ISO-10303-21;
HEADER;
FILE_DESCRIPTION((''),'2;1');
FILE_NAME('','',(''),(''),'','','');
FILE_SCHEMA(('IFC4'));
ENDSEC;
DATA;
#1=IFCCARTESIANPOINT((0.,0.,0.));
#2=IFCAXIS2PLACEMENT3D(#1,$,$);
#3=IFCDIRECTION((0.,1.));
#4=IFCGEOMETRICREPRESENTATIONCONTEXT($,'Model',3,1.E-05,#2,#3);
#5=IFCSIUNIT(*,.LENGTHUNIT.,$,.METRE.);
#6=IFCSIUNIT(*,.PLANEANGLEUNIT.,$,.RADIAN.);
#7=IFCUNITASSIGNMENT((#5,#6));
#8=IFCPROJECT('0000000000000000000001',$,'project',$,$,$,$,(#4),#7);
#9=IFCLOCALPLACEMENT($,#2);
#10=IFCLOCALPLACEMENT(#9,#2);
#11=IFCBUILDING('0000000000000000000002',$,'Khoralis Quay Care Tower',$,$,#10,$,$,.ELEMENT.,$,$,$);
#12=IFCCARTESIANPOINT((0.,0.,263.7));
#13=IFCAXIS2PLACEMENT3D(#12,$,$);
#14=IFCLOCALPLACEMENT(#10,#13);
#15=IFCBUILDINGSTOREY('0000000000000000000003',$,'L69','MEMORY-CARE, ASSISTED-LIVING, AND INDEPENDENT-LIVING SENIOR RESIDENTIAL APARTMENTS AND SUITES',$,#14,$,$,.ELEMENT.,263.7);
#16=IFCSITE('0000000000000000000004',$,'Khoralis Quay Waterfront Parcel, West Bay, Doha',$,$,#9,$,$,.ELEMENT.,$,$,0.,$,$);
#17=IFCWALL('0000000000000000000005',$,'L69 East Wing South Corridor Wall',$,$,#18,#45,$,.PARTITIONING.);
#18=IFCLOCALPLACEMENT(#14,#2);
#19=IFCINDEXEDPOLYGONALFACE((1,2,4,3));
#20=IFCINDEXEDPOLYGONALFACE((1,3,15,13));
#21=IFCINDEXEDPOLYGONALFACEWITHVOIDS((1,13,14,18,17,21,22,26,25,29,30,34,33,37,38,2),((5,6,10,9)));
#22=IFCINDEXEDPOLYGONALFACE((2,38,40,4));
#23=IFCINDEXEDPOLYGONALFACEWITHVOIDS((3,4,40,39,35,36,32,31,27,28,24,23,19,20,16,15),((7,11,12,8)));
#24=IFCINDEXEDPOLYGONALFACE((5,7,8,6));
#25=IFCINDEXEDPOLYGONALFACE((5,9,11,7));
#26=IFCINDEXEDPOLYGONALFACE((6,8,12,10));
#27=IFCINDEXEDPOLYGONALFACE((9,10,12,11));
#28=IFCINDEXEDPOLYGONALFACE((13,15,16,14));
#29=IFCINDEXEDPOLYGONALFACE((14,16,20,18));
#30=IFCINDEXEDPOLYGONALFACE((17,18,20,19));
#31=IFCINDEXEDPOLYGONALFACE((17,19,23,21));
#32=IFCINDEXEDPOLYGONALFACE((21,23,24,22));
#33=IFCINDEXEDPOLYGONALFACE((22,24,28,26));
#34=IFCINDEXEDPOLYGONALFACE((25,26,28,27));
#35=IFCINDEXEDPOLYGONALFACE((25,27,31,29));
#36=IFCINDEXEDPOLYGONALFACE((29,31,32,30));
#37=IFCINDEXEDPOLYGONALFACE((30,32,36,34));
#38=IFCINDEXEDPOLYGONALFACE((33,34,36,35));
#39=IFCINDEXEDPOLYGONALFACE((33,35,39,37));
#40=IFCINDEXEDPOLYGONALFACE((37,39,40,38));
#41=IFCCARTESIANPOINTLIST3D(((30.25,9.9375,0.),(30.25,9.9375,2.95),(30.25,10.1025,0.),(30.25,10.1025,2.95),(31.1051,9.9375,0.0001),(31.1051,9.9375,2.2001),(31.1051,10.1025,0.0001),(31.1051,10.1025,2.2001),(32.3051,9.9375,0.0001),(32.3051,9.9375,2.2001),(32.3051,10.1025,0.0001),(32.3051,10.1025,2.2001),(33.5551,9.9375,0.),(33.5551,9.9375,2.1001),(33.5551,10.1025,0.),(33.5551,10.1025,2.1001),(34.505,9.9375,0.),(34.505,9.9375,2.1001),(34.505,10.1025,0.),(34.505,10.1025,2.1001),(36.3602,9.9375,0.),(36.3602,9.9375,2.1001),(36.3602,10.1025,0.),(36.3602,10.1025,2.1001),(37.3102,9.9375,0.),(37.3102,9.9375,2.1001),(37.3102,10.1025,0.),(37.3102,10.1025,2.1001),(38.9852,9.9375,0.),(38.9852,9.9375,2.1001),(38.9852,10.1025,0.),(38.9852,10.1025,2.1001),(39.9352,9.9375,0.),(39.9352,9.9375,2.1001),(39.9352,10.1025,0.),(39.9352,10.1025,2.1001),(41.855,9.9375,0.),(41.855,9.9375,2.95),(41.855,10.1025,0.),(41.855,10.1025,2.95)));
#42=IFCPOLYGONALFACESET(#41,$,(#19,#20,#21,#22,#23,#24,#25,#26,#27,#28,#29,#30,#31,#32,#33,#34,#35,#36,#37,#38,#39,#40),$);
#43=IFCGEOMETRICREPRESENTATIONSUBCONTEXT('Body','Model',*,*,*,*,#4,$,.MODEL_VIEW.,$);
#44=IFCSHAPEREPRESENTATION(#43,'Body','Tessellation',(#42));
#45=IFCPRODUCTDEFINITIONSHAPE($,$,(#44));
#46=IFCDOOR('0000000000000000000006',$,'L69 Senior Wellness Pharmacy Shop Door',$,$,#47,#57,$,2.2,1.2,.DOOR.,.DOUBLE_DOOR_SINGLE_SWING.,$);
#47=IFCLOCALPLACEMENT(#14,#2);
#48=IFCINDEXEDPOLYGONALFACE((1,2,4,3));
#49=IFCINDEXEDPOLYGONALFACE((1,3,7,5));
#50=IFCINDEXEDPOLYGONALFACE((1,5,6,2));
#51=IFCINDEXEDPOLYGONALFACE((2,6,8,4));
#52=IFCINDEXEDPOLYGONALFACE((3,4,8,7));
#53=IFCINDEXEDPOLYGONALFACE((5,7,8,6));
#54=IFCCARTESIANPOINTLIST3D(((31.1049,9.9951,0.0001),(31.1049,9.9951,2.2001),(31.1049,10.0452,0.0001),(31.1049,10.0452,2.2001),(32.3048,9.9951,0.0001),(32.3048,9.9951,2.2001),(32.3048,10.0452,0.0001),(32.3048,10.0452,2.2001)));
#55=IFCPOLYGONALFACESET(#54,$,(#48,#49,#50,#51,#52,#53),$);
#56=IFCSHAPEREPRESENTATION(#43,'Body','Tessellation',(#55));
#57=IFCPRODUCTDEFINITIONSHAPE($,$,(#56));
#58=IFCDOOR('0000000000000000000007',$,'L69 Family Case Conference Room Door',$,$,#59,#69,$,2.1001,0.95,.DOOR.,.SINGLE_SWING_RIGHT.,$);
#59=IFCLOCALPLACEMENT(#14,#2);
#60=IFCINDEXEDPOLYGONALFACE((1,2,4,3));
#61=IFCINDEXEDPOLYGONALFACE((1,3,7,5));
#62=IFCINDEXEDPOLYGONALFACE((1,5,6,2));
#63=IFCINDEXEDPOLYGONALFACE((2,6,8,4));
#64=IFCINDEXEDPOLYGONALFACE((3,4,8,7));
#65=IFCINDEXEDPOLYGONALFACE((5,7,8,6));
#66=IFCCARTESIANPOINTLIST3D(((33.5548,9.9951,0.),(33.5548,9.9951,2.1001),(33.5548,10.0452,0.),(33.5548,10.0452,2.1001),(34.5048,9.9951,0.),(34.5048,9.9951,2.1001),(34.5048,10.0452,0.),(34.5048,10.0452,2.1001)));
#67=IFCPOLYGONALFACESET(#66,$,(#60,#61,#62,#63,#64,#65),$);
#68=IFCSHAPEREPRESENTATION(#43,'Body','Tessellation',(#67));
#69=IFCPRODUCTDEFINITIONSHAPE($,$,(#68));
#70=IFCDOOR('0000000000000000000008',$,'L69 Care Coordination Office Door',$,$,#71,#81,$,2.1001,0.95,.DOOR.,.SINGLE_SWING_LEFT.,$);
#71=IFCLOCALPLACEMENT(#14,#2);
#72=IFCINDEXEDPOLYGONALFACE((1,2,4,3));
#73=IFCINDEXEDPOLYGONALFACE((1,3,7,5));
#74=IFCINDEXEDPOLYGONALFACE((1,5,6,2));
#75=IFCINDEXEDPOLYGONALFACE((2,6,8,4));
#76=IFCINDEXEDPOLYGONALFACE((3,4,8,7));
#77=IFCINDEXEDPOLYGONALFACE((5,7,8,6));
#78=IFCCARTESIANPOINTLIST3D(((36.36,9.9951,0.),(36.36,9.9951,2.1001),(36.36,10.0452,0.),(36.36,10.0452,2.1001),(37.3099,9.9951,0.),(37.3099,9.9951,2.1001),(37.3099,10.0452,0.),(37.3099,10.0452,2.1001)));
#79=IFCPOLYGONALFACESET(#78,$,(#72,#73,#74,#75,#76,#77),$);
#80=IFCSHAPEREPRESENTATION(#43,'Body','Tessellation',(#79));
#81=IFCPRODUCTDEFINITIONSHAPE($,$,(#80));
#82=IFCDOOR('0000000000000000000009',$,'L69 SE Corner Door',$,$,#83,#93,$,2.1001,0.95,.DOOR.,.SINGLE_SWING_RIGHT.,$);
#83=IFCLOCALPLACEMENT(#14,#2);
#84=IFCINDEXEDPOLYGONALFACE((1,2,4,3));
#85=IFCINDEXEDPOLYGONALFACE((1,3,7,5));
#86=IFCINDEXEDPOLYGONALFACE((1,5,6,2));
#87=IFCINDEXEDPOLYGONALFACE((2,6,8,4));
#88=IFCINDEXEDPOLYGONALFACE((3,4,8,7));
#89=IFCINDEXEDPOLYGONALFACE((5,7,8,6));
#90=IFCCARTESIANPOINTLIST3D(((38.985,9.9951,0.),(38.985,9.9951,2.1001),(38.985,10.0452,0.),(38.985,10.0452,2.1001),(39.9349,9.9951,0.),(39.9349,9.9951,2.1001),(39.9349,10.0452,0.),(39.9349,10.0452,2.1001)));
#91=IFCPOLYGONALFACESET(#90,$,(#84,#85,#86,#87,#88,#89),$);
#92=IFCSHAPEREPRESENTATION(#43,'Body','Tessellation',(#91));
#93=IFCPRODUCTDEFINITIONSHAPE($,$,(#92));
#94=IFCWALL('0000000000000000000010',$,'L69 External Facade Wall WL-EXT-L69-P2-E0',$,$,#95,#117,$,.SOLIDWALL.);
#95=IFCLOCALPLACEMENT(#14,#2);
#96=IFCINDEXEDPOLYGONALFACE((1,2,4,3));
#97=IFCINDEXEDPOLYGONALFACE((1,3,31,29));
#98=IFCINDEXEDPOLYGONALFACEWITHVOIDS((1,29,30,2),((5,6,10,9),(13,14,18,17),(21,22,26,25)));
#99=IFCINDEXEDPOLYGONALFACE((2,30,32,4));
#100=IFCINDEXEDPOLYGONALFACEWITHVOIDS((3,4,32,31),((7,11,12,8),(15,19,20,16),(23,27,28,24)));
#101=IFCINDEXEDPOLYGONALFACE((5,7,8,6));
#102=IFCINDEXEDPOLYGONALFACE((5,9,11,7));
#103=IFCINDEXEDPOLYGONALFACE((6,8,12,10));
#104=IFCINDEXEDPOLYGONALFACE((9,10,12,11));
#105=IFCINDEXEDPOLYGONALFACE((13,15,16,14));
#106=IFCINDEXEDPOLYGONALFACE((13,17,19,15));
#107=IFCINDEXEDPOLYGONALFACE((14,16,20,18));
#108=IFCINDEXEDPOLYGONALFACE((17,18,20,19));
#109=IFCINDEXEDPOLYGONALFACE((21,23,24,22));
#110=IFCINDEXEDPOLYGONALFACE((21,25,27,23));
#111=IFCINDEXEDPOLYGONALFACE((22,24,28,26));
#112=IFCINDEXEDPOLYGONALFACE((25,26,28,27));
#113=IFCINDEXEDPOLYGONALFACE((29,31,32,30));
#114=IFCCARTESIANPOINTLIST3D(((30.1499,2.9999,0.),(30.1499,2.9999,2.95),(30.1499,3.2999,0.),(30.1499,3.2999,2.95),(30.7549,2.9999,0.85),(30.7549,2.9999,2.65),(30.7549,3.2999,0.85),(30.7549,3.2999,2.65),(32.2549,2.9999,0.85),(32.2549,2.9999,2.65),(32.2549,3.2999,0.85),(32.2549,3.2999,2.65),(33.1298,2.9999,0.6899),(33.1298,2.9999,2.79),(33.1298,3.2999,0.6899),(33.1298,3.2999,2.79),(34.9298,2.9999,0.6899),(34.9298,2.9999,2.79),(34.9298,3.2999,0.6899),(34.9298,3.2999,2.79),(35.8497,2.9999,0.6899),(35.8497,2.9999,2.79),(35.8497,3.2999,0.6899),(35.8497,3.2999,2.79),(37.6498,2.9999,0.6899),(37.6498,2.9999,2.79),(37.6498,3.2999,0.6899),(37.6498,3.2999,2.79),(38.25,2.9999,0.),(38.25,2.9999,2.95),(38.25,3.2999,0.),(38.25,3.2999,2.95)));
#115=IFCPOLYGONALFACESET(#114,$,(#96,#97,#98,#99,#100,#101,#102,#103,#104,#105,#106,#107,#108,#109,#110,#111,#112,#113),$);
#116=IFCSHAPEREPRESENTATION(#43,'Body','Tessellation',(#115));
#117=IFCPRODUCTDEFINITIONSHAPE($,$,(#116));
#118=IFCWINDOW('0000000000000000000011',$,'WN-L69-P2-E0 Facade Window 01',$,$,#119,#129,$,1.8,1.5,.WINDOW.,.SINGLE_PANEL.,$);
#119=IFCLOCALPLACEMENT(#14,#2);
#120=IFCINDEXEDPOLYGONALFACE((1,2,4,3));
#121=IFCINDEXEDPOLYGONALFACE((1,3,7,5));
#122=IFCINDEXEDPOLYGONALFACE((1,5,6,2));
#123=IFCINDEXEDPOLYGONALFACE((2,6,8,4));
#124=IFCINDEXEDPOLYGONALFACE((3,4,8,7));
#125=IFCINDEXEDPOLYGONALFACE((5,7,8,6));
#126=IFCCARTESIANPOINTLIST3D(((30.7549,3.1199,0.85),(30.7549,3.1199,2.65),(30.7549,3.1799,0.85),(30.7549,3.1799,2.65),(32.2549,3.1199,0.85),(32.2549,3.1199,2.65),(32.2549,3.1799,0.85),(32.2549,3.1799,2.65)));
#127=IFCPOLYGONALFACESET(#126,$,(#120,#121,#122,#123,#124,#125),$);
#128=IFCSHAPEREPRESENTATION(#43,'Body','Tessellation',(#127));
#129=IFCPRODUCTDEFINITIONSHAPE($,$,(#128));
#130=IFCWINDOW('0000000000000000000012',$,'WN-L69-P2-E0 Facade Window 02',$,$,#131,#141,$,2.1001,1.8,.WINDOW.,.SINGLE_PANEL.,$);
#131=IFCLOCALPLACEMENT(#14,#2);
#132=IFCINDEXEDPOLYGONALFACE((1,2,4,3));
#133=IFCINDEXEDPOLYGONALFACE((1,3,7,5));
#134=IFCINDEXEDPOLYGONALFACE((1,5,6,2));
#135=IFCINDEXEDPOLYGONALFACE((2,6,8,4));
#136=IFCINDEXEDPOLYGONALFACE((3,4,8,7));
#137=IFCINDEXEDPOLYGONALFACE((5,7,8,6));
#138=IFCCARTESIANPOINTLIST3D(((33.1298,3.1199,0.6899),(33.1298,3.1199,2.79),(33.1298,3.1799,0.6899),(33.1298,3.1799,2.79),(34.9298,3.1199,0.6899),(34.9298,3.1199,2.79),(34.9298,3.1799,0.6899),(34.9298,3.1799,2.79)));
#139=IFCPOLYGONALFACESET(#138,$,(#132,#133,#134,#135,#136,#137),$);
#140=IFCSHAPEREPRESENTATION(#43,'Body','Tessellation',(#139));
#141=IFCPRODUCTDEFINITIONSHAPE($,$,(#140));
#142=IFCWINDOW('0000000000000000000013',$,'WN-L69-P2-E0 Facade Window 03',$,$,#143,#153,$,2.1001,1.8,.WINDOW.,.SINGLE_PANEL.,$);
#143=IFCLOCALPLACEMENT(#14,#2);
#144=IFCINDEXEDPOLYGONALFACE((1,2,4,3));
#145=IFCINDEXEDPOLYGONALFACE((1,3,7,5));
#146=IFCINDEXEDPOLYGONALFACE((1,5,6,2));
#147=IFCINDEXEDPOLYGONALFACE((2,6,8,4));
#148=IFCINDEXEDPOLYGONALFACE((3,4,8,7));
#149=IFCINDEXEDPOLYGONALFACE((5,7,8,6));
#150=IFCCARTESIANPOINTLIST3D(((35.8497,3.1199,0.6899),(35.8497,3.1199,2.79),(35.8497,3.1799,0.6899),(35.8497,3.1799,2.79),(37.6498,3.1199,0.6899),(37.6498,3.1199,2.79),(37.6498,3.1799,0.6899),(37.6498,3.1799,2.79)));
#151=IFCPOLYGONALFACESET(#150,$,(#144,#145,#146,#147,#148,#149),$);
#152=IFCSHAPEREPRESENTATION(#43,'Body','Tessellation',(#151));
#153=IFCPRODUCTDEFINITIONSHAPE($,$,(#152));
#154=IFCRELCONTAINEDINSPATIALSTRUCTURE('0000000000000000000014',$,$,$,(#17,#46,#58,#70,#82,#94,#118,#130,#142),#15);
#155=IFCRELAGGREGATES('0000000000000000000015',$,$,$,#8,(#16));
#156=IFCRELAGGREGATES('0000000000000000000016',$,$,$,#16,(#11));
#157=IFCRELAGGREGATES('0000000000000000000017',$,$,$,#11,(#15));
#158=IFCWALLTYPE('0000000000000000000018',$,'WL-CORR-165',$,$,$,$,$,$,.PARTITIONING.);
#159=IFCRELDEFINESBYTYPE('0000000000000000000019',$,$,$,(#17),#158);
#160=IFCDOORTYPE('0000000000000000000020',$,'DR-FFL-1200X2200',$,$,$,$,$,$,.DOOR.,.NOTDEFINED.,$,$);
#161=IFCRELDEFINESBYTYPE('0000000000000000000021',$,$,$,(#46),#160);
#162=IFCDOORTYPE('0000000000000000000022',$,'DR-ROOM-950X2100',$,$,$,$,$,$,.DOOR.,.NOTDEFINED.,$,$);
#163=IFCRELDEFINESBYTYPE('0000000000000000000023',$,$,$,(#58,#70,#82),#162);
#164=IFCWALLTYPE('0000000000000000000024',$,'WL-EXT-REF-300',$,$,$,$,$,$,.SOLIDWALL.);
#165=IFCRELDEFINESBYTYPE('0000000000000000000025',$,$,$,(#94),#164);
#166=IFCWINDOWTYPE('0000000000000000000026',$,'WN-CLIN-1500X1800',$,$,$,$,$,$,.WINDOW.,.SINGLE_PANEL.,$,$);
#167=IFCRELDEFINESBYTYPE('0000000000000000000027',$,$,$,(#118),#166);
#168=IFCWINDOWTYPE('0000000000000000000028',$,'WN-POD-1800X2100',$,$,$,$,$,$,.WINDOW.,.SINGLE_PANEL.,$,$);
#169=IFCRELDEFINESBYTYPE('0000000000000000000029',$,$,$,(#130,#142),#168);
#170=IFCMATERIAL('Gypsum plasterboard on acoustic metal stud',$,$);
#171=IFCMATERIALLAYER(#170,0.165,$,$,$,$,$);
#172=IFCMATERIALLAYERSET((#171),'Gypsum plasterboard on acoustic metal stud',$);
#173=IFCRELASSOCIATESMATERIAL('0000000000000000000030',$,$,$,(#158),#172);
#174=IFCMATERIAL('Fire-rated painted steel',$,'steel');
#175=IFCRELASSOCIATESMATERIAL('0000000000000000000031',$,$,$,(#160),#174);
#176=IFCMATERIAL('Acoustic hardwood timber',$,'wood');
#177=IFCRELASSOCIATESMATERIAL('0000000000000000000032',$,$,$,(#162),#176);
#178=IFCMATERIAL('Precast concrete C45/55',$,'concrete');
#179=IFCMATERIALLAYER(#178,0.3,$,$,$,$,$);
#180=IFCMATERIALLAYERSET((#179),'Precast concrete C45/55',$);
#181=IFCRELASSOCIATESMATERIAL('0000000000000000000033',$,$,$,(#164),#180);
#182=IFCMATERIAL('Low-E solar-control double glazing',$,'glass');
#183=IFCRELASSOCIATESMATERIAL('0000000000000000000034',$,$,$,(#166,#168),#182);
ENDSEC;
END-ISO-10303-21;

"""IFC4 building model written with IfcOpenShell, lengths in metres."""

from ifc_helpers import new_model, si_unit, direction, frame, frame_2d, origin, place, context, subcontext, project, spatial, rectangle, extrude, source, transform, mapped, material, layer, layer_set, type_object, element, fill, save


model = new_model("IFC4")

# Units and contexts
model_context = context("Model", 3, precision=1e-05, world=origin(), true_north=direction((0.0, 1.0)))
body_context = subcontext(model_context, "Body", "Model", "MODEL_VIEW")
ifc_project = project(units=[si_unit("LENGTHUNIT", "METRE"), si_unit("PLANEANGLEUNIT", "RADIAN")], contexts=[model_context])

# Site, building, storey
site_placement = place(None, origin())
site = spatial("IfcSite", under=ifc_project, at=site_placement, Name="Khoralis Quay Waterfront Parcel, West Bay, Doha", CompositionType="ELEMENT", RefElevation=0.0)
building_placement = place(site_placement, origin())
building = spatial("IfcBuilding", under=site, at=building_placement, Name="Khoralis Quay Care Tower", CompositionType="ELEMENT")
storey_placement = place(building_placement, frame((0.0, 0.0, 263.7)))
storey = spatial("IfcBuildingStorey", under=building, at=storey_placement, Name="L69", Description="MEMORY-CARE, ASSISTED-LIVING, AND INDEPENDENT-LIVING SENIOR RESIDENTIAL APARTMENTS AND SUITES", CompositionType="ELEMENT", Elevation=263.7)

# Shared definitions
ifc_material_1 = material(Name="Low-E solar-control double glazing", Category="glass")

# Wall, openings, doors
ifc_material_2 = material(Name="Gypsum plasterboard on acoustic metal stud")
ifc_layer_1 = layer(ifc_material_2, 0.165)
ifc_layer_set_1 = layer_set([ifc_layer_1], Name="Gypsum plasterboard on acoustic metal stud")
wall_type_1 = type_object("IfcWallType", Name="WL-CORR-165", PredefinedType="PARTITIONING", material=ifc_layer_set_1)
wall_1_placement = place(storey_placement, frame((30.25, 10.02, 0.0), z_axis=(0.0, 0.0, 1.0), x_axis=(1.0, 0.0, 0.0)))
wall_1 = element("IfcWall", 1, at=wall_1_placement, inside=storey, type_object=wall_type_1, Name="L69 East Wing South Corridor Wall", PredefinedType="PARTITIONING", context=body_context, shape_type="SweptSolid", body=[
    extrude(rectangle(XDim=11.605, YDim=0.165, at=frame_2d((5.8025, 0.0))), origin(), (0.0, 0.0, 1.0), 2.95),
])
opening_1_placement = place(wall_1_placement, frame((0.855, 0.0, 0.0)))
opening_1 = element("IfcOpeningElement", 2, at=opening_1_placement, cuts=wall_1, PredefinedType="OPENING", context=body_context, shape_type="SweptSolid", body=[
    extrude(rectangle(XDim=1.2, YDim=2.2, at=frame_2d((0.6001, 1.1001))), frame((0.0, 0.0925, 0.0), z_axis=(0.0, -1.0, 0.0), x_axis=(1.0, 0.0, 0.0)), (0.0, 0.0, 1.0), 0.1851),
])
opening_2_placement = place(wall_1_placement, frame((3.3049, 0.0, 0.0)))
opening_2 = element("IfcOpeningElement", 3, at=opening_2_placement, cuts=wall_1, PredefinedType="OPENING", context=body_context, shape_type="SweptSolid", body=[
    extrude(rectangle(XDim=0.95, YDim=2.1001, at=frame_2d((0.4751, 1.05))), frame((0.0, 0.0925, 0.0), z_axis=(0.0, -1.0, 0.0), x_axis=(1.0, 0.0, 0.0)), (0.0, 0.0, 1.0), 0.1851),
])
opening_3_placement = place(wall_1_placement, frame((6.1101, 0.0, 0.0)))
opening_3 = element("IfcOpeningElement", 4, at=opening_3_placement, cuts=wall_1, PredefinedType="OPENING", context=body_context, shape_type="SweptSolid", body=[
    extrude(rectangle(XDim=0.95, YDim=2.1001, at=frame_2d((0.4751, 1.05))), frame((0.0, 0.0925, 0.0), z_axis=(0.0, -1.0, 0.0), x_axis=(1.0, 0.0, 0.0)), (0.0, 0.0, 1.0), 0.1851),
])
opening_4_placement = place(wall_1_placement, frame((8.7351, 0.0, 0.0)))
opening_4 = element("IfcOpeningElement", 5, at=opening_4_placement, cuts=wall_1, PredefinedType="OPENING", context=body_context, shape_type="SweptSolid", body=[
    extrude(rectangle(XDim=0.95, YDim=2.1001, at=frame_2d((0.4751, 1.05))), frame((0.0, 0.0925, 0.0), z_axis=(0.0, -1.0, 0.0), x_axis=(1.0, 0.0, 0.0)), (0.0, 0.0, 1.0), 0.1851),
])
ifc_material_3 = material(Name="Fire-rated painted steel", Category="steel")
door_type_1 = type_object("IfcDoorType", Name="DR-FFL-1200X2200", OperationType="NOTDEFINED", PredefinedType="DOOR", material=ifc_material_3)
shared_shape_1 = source(origin(), body_context, "Body", "SweptSolid", [
    extrude(rectangle(XDim=1.2, YDim=2.2, at=frame_2d((0.6001, 1.1001))), frame((0.0, 0.0249, 0.0), z_axis=(0.0, -1.0, 0.0), x_axis=(1.0, 0.0, 0.0)), (0.0, 0.0, 1.0), 0.05),
])
door_1_placement = place(opening_1_placement, frame((1.2, 0.0, 0.0), z_axis=(0.0, 0.0, 1.0), x_axis=(-1.0, 0.0, 0.0)))
door_1 = element("IfcDoor", 6, at=door_1_placement, inside=storey, type_object=door_type_1, Name="L69 Senior Wellness Pharmacy Shop Door", OperationType="DOUBLE_DOOR_SINGLE_SWING", OverallHeight=2.2, OverallWidth=1.2, PredefinedType="DOOR", context=body_context, shape_type="MappedRepresentation", body=[
    mapped(shared_shape_1, transform((0.0, 0.0, 0.0), scale=1.0)),
])
fill(opening_1, door_1)
ifc_material_4 = material(Name="Acoustic hardwood timber", Category="wood")
door_type_2 = type_object("IfcDoorType", Name="DR-ROOM-950X2100", OperationType="NOTDEFINED", PredefinedType="DOOR", material=ifc_material_4)
shared_shape_2 = source(origin(), body_context, "Body", "SweptSolid", [
    extrude(rectangle(XDim=0.95, YDim=2.1001, at=frame_2d((0.4751, 1.05))), frame((0.0, 0.0249, 0.0), z_axis=(0.0, -1.0, 0.0), x_axis=(1.0, 0.0, 0.0)), (0.0, 0.0, 1.0), 0.05),
])
door_2_placement = place(opening_2_placement, frame((0.95, 0.0, 0.0), z_axis=(0.0, 0.0, 1.0), x_axis=(-1.0, 0.0, 0.0)))
door_2 = element("IfcDoor", 7, at=door_2_placement, inside=storey, type_object=door_type_2, Name="L69 Family Case Conference Room Door", OperationType="SINGLE_SWING_RIGHT", OverallHeight=2.1001, OverallWidth=0.95, PredefinedType="DOOR", context=body_context, shape_type="MappedRepresentation", body=[
    mapped(shared_shape_2, transform((0.0, 0.0, 0.0), scale=1.0)),
])
fill(opening_2, door_2)
door_3_placement = place(opening_3_placement, frame((0.95, 0.0, 0.0), z_axis=(0.0, 0.0, 1.0), x_axis=(-1.0, 0.0, 0.0)))
door_3 = element("IfcDoor", 8, at=door_3_placement, inside=storey, type_object=door_type_2, Name="L69 Care Coordination Office Door", OperationType="SINGLE_SWING_LEFT", OverallHeight=2.1001, OverallWidth=0.95, PredefinedType="DOOR", context=body_context, shape_type="MappedRepresentation", body=[
    mapped(shared_shape_2, transform((0.0, 0.0, 0.0), scale=1.0)),
])
fill(opening_3, door_3)
door_4_placement = place(opening_4_placement, frame((0.95, 0.0, 0.0), z_axis=(0.0, 0.0, 1.0), x_axis=(-1.0, 0.0, 0.0)))
door_4 = element("IfcDoor", 9, at=door_4_placement, inside=storey, type_object=door_type_2, Name="L69 SE Corner Door", OperationType="SINGLE_SWING_RIGHT", OverallHeight=2.1001, OverallWidth=0.95, PredefinedType="DOOR", context=body_context, shape_type="MappedRepresentation", body=[
    mapped(shared_shape_2, transform((0.0, 0.0, 0.0), scale=1.0)),
])
fill(opening_4, door_4)

# Wall, openings, windows
ifc_material_5 = material(Name="Precast concrete C45/55", Category="concrete")
ifc_layer_2 = layer(ifc_material_5, 0.3)
ifc_layer_set_2 = layer_set([ifc_layer_2], Name="Precast concrete C45/55")
wall_type_2 = type_object("IfcWallType", Name="WL-EXT-REF-300", PredefinedType="SOLIDWALL", material=ifc_layer_set_2)
wall_2_placement = place(storey_placement, frame((30.1499, 3.1499, 0.0), z_axis=(0.0, 0.0, 1.0), x_axis=(1.0, 0.0, 0.0)))
wall_2 = element("IfcWall", 10, at=wall_2_placement, inside=storey, type_object=wall_type_2, Name="L69 External Facade Wall WL-EXT-L69-P2-E0", PredefinedType="SOLIDWALL", context=body_context, shape_type="SweptSolid", body=[
    extrude(rectangle(XDim=8.1001, YDim=0.3, at=frame_2d((4.05, 0.0))), origin(), (0.0, 0.0, 1.0), 2.95),
])
opening_5_placement = place(wall_2_placement, frame((0.605, 0.0, 0.8501)))
opening_5 = element("IfcOpeningElement", 11, at=opening_5_placement, cuts=wall_2, PredefinedType="OPENING", context=body_context, shape_type="SweptSolid", body=[
    extrude(rectangle(XDim=1.5, YDim=1.8, at=frame_2d((0.75, 0.8999))), frame((0.0, 0.1602, 0.0), z_axis=(0.0, -1.0, 0.0), x_axis=(1.0, 0.0, 0.0)), (0.0, 0.0, 1.0), 0.3201),
])
opening_6_placement = place(wall_2_placement, frame((2.98, 0.0, 0.6899)))
opening_6 = element("IfcOpeningElement", 12, at=opening_6_placement, cuts=wall_2, PredefinedType="OPENING", context=body_context, shape_type="SweptSolid", body=[
    extrude(rectangle(XDim=1.8, YDim=2.1001, at=frame_2d((0.8999, 1.05))), frame((0.0, 0.1602, 0.0), z_axis=(0.0, -1.0, 0.0), x_axis=(1.0, 0.0, 0.0)), (0.0, 0.0, 1.0), 0.3201),
])
opening_7_placement = place(wall_2_placement, frame((5.7, 0.0, 0.6899)))
opening_7 = element("IfcOpeningElement", 13, at=opening_7_placement, cuts=wall_2, PredefinedType="OPENING", context=body_context, shape_type="SweptSolid", body=[
    extrude(rectangle(XDim=1.8, YDim=2.1001, at=frame_2d((0.8999, 1.05))), frame((0.0, 0.1602, 0.0), z_axis=(0.0, -1.0, 0.0), x_axis=(1.0, 0.0, 0.0)), (0.0, 0.0, 1.0), 0.3201),
])
window_type_1 = type_object("IfcWindowType", Name="WN-CLIN-1500X1800", PartitioningType="SINGLE_PANEL", PredefinedType="WINDOW", material=ifc_material_1)
shared_shape_3 = source(origin(), body_context, "Body", "SweptSolid", [
    extrude(rectangle(XDim=1.5, YDim=1.8, at=frame_2d((0.75, 0.8999))), frame((0.0, 0.03, 0.0), z_axis=(0.0, -1.0, 0.0), x_axis=(1.0, 0.0, 0.0)), (0.0, 0.0, 1.0), 0.0601),
])
window_1_placement = place(opening_5_placement, origin())
window_1 = element("IfcWindow", 14, at=window_1_placement, inside=storey, type_object=window_type_1, Name="WN-L69-P2-E0 Facade Window 01", OverallHeight=1.8, OverallWidth=1.5, PartitioningType="SINGLE_PANEL", PredefinedType="WINDOW", context=body_context, shape_type="MappedRepresentation", body=[
    mapped(shared_shape_3, transform((0.0, 0.0, 0.0), scale=1.0)),
])
fill(opening_5, window_1)
window_type_2 = type_object("IfcWindowType", Name="WN-POD-1800X2100", PartitioningType="SINGLE_PANEL", PredefinedType="WINDOW", material=ifc_material_1)
shared_shape_4 = source(origin(), body_context, "Body", "SweptSolid", [
    extrude(rectangle(XDim=1.8, YDim=2.1001, at=frame_2d((0.8999, 1.05))), frame((0.0, 0.03, 0.0), z_axis=(0.0, -1.0, 0.0), x_axis=(1.0, 0.0, 0.0)), (0.0, 0.0, 1.0), 0.0601),
])
window_2_placement = place(opening_6_placement, origin())
window_2 = element("IfcWindow", 15, at=window_2_placement, inside=storey, type_object=window_type_2, Name="WN-L69-P2-E0 Facade Window 02", OverallHeight=2.1001, OverallWidth=1.8, PartitioningType="SINGLE_PANEL", PredefinedType="WINDOW", context=body_context, shape_type="MappedRepresentation", body=[
    mapped(shared_shape_4, transform((0.0, 0.0, 0.0), scale=1.0)),
])
fill(opening_6, window_2)
window_3_placement = place(opening_7_placement, origin())
window_3 = element("IfcWindow", 16, at=window_3_placement, inside=storey, type_object=window_type_2, Name="WN-L69-P2-E0 Facade Window 03", OverallHeight=2.1001, OverallWidth=1.8, PartitioningType="SINGLE_PANEL", PredefinedType="WINDOW", context=body_context, shape_type="MappedRepresentation", body=[
    mapped(shared_shape_4, transform((0.0, 0.0, 0.0), scale=1.0)),
])
fill(opening_7, window_3)

save(model, "model.ifc")
